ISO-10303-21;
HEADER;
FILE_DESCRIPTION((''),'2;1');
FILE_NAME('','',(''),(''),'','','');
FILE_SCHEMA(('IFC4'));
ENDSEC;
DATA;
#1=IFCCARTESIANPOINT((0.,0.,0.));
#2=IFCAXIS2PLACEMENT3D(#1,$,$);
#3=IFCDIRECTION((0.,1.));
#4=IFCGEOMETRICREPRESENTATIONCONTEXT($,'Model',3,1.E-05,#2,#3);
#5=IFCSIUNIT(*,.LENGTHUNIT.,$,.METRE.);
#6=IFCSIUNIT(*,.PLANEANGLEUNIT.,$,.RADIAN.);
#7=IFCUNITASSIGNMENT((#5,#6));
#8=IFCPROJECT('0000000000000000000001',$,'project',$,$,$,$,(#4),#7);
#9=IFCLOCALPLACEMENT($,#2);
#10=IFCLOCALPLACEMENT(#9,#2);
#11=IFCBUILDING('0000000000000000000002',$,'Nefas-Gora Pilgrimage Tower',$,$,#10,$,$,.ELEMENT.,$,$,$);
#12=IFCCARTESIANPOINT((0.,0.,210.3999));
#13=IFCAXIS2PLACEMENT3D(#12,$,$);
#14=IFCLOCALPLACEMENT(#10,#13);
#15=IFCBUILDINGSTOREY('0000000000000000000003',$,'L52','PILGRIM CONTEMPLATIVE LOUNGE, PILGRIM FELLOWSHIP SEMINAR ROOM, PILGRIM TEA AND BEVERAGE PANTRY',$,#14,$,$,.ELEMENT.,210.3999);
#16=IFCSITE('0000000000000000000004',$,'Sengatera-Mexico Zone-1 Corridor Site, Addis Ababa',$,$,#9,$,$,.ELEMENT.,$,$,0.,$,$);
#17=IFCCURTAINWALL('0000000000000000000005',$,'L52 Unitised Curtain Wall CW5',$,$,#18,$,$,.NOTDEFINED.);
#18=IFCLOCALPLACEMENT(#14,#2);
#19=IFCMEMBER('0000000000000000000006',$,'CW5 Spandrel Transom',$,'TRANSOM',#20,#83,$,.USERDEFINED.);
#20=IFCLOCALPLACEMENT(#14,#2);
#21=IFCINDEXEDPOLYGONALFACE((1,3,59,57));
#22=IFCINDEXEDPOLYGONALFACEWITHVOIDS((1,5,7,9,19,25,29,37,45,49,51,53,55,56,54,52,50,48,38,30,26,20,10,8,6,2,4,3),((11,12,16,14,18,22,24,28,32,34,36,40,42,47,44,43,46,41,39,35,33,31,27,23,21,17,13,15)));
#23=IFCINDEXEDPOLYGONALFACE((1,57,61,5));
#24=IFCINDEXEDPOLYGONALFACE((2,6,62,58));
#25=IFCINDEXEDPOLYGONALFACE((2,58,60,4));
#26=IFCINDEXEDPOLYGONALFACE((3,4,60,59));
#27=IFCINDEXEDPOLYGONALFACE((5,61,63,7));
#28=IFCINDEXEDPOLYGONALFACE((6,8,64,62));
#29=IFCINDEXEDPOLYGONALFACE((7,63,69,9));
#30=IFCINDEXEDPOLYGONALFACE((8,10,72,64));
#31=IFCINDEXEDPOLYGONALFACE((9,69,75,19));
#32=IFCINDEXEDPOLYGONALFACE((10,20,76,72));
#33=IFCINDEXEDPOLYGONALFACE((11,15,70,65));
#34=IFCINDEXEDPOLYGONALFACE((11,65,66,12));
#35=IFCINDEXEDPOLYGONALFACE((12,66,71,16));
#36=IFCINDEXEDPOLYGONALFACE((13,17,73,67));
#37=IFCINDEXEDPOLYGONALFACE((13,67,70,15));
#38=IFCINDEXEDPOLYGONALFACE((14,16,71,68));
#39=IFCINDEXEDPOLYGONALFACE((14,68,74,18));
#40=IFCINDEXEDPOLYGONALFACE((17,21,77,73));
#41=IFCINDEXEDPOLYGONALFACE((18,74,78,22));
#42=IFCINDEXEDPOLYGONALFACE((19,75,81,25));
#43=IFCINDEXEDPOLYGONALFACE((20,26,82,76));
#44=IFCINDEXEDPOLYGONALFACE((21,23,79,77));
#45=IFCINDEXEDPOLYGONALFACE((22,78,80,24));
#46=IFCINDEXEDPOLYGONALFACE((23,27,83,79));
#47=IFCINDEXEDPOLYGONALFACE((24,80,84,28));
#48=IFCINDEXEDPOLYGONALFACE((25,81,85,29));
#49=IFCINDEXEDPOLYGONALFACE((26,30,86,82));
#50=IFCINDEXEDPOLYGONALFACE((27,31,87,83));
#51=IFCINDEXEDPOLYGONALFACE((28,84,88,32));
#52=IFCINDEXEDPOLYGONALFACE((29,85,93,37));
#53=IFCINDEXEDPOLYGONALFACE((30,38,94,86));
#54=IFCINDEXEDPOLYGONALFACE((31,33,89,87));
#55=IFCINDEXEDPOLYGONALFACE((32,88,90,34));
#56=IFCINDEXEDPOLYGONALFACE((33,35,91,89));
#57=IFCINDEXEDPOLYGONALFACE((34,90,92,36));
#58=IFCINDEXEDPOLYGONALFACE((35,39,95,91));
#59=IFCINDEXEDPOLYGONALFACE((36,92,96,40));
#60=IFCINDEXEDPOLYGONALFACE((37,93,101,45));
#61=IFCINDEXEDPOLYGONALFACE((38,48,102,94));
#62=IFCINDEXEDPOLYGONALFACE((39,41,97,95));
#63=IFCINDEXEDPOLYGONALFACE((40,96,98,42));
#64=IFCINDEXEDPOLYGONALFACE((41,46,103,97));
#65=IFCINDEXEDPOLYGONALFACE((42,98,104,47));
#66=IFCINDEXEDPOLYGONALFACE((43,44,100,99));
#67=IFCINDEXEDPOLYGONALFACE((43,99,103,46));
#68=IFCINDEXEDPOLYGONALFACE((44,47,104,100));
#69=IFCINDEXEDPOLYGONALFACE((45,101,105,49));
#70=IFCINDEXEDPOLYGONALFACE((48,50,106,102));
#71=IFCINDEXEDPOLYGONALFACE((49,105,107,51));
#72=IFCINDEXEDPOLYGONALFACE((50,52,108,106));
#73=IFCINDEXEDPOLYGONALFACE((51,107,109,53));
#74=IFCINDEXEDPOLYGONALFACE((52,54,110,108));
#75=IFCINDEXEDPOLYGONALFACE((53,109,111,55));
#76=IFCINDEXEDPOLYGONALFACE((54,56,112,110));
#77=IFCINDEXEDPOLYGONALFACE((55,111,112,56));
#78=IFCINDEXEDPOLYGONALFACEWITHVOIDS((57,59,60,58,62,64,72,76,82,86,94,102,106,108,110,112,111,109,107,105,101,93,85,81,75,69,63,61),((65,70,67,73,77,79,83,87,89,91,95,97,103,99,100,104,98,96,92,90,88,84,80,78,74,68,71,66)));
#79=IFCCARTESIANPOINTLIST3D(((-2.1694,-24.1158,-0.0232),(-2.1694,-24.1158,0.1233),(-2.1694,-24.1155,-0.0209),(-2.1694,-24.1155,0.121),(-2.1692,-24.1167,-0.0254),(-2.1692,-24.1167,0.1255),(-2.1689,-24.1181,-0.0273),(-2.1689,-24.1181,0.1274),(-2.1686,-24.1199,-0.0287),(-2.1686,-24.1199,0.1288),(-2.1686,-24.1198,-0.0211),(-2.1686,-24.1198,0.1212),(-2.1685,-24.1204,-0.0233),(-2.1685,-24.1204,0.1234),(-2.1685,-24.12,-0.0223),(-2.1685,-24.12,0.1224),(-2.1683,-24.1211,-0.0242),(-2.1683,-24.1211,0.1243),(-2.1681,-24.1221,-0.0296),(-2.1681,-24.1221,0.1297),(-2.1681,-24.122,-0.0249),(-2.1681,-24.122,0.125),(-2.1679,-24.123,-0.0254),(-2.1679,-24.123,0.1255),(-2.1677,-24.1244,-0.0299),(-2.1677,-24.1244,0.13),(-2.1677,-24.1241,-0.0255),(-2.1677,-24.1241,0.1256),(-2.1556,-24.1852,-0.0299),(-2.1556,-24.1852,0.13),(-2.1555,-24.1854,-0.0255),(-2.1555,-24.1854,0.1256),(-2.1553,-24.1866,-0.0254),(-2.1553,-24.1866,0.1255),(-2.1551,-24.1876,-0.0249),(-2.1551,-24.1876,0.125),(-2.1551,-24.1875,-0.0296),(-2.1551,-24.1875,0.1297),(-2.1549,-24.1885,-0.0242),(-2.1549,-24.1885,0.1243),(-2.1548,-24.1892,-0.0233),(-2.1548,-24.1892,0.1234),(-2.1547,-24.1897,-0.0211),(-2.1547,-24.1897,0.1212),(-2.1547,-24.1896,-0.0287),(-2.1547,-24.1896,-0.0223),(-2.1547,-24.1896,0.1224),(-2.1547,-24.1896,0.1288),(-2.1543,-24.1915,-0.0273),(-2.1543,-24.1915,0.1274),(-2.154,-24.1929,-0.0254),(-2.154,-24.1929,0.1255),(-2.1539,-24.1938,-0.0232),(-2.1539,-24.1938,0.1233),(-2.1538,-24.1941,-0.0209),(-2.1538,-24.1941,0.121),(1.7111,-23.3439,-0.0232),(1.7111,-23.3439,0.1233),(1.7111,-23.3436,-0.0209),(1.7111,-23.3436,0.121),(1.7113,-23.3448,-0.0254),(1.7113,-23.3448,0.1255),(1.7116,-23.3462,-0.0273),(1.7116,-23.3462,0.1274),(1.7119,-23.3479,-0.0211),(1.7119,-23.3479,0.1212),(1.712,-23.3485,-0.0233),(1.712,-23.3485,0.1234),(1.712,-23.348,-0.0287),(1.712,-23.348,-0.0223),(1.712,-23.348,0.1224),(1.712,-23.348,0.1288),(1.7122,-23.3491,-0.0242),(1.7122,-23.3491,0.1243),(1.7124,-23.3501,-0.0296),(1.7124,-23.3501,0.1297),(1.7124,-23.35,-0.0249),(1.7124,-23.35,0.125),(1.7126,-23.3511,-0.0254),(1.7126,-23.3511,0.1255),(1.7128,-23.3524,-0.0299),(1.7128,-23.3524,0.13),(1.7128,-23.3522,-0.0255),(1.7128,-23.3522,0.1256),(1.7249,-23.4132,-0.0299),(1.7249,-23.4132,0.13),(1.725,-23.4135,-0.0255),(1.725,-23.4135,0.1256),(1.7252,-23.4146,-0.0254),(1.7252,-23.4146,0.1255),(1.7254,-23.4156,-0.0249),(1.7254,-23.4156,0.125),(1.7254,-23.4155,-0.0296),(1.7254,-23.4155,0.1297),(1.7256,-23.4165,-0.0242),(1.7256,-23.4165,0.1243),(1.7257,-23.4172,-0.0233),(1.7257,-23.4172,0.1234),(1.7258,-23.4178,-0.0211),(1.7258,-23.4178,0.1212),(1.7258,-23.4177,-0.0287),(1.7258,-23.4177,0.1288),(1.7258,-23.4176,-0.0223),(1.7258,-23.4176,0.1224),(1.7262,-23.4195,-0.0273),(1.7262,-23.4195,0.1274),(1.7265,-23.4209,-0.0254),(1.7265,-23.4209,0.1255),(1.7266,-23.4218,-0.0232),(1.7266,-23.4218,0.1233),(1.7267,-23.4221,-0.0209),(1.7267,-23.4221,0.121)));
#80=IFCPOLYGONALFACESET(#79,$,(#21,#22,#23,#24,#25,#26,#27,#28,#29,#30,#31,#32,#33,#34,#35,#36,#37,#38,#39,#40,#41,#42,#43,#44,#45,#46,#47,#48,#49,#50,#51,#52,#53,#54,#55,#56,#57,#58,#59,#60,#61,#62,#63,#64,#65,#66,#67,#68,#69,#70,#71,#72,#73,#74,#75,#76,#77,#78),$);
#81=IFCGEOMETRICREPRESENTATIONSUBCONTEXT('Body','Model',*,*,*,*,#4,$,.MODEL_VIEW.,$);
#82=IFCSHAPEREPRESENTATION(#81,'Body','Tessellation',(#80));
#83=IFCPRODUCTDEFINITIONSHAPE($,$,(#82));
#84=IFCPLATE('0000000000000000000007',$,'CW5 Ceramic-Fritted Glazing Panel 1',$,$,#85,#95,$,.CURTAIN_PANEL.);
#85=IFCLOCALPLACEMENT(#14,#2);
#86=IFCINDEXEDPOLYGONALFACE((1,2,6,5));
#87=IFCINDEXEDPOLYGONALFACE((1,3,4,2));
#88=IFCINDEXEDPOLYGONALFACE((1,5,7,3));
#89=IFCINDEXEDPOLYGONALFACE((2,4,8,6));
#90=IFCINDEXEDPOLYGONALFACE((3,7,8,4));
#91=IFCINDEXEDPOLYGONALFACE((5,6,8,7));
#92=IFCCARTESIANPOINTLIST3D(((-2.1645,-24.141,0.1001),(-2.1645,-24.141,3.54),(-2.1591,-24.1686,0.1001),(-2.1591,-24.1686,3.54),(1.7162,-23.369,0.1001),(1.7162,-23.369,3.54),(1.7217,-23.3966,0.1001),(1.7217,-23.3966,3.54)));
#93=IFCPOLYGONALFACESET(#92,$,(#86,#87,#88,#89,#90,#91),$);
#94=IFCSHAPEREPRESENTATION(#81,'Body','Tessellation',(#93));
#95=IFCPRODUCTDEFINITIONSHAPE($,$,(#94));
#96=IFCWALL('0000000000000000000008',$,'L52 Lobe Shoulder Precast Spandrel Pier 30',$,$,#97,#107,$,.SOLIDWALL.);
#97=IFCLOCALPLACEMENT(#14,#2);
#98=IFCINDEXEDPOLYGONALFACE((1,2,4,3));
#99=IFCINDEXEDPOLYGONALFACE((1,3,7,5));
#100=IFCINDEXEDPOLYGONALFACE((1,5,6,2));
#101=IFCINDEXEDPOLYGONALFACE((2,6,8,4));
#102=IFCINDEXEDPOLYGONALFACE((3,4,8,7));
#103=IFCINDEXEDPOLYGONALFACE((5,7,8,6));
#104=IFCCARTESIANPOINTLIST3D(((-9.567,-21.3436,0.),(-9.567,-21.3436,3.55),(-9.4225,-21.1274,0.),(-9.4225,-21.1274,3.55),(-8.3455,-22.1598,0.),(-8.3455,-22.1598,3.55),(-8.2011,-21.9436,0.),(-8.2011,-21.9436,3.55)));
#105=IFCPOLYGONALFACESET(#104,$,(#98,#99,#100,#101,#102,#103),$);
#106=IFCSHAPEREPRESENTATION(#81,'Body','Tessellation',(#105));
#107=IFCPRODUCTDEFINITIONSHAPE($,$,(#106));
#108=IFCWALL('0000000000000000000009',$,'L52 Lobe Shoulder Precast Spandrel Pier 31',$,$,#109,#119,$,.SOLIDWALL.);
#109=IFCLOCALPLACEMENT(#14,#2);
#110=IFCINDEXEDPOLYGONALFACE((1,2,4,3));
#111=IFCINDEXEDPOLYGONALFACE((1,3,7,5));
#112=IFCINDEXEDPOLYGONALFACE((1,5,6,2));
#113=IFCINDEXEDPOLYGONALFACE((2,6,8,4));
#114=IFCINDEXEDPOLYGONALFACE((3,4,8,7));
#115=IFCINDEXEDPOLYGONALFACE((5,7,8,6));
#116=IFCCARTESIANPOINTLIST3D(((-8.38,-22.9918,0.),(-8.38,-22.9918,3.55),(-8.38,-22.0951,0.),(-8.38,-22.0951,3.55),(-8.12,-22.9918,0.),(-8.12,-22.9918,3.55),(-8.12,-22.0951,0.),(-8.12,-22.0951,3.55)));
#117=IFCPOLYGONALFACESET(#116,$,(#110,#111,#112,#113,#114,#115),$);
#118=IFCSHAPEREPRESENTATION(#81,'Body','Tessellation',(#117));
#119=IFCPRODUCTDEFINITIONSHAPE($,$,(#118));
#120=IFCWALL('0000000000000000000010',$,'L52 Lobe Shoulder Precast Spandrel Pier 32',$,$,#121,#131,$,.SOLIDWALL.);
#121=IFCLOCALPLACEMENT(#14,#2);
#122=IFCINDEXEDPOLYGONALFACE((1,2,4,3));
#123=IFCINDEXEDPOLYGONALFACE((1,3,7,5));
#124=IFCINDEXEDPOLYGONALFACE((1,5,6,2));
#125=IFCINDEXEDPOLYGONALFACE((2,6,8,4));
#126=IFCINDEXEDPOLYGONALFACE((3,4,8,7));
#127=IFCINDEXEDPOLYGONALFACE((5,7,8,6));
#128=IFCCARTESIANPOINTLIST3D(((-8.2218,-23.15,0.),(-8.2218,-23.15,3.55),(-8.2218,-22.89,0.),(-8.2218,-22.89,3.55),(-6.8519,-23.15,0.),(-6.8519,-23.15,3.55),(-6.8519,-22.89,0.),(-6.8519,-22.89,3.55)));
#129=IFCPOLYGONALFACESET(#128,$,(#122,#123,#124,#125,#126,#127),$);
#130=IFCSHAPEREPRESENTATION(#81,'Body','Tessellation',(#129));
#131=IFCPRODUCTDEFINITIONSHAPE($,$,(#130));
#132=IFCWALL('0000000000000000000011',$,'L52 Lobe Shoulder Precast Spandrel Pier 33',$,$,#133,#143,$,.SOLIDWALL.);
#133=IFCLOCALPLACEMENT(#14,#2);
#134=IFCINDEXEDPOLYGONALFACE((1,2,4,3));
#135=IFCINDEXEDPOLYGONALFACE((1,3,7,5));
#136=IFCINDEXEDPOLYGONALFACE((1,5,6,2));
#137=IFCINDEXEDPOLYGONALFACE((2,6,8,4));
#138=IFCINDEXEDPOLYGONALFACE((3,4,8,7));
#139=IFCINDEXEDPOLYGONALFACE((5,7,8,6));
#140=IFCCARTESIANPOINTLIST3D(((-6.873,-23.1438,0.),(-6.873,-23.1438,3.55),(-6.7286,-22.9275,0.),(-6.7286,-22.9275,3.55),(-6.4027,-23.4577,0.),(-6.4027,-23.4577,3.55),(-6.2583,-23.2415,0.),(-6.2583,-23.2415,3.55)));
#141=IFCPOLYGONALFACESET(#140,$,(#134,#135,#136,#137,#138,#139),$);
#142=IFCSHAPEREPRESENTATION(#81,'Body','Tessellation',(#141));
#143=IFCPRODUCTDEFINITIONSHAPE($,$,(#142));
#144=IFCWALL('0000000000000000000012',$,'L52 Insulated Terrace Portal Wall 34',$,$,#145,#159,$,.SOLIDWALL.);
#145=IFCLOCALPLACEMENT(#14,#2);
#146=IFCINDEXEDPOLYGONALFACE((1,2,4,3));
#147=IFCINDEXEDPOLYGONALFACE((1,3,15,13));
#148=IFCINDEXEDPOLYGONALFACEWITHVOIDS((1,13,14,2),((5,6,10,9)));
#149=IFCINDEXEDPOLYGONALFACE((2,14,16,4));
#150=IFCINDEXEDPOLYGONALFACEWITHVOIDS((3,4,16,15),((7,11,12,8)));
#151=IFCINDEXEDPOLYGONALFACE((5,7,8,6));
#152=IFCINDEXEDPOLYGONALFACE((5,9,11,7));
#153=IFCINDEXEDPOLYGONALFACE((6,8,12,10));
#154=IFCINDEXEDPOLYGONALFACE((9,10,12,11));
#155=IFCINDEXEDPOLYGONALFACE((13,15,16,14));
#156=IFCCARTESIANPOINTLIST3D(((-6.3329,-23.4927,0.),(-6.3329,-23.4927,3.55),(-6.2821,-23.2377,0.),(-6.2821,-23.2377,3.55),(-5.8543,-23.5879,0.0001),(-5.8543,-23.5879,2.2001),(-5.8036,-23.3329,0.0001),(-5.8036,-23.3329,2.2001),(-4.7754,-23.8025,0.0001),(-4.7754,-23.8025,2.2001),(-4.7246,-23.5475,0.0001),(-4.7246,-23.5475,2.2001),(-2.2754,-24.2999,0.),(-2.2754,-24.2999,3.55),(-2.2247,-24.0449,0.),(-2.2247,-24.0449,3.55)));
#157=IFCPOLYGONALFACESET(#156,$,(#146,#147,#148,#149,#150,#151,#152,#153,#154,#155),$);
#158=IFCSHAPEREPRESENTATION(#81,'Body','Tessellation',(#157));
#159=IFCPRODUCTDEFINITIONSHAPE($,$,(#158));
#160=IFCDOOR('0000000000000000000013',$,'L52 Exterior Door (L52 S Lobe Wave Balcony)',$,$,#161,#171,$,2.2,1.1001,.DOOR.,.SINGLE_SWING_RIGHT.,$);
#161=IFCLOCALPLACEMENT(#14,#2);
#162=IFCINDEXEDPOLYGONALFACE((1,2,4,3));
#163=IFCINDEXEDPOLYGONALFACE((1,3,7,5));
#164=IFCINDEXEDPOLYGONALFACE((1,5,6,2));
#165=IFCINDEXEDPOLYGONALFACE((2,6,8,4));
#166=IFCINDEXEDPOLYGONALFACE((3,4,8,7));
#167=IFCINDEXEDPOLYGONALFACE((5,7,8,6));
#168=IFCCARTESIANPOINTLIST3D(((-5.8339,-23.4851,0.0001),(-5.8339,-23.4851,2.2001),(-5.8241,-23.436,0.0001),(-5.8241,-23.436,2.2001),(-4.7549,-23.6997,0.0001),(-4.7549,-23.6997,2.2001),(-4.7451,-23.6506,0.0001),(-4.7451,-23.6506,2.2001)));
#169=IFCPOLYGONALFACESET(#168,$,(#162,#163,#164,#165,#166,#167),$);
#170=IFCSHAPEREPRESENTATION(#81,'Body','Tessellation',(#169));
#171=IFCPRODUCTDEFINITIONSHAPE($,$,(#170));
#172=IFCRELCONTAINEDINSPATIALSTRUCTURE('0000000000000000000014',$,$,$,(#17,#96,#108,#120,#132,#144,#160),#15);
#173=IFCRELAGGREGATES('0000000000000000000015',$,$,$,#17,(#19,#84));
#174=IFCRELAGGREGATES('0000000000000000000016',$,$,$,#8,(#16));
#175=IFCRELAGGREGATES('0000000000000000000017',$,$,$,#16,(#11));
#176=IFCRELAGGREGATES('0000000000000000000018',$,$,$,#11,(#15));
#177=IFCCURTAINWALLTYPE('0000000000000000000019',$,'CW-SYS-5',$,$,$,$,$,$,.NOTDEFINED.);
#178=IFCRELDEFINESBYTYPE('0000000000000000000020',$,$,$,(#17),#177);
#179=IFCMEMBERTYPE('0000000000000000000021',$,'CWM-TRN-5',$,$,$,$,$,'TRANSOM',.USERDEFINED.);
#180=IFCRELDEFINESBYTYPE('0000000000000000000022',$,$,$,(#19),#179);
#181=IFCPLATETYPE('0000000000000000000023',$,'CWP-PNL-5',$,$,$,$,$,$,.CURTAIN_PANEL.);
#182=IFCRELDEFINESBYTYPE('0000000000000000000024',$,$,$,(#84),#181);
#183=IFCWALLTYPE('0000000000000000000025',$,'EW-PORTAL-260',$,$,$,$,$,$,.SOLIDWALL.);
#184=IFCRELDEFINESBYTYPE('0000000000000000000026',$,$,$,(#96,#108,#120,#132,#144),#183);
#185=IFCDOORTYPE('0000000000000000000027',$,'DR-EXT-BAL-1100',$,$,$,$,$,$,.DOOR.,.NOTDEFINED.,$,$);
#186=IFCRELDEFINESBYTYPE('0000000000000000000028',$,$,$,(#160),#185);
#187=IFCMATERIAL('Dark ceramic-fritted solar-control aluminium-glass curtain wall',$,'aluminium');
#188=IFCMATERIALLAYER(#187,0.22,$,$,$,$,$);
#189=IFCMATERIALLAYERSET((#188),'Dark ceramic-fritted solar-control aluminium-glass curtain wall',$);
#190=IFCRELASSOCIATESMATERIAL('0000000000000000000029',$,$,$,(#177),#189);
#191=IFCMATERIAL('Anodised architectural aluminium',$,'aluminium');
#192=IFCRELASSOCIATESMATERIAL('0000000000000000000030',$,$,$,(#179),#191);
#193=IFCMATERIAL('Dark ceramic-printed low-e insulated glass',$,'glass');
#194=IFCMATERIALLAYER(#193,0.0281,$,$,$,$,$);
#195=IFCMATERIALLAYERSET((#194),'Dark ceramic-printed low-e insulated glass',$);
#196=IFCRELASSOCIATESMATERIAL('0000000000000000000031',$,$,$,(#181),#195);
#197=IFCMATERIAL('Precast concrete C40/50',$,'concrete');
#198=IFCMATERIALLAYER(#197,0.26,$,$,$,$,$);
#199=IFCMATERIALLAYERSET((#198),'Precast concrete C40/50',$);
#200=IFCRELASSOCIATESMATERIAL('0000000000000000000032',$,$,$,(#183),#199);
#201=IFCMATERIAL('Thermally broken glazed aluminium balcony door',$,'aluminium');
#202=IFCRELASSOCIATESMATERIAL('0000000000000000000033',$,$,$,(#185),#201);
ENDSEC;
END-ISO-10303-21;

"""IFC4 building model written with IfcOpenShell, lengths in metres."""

from ifc_helpers import new_model, si_unit, direction, frame, frame_2d, origin, origin_2d, place, context, subcontext, project, spatial, rectangle, hollow_rectangle, extrude, source, transform, mapped, material, layer, layer_set, material_profile, profile_set, type_object, element, fill, aggregate, save


model = new_model("IFC4")

# Units and contexts
model_context = context("Model", 3, precision=1e-05, world=origin(), true_north=direction((0.0, 1.0)))
body_context = subcontext(model_context, "Body", "Model", "MODEL_VIEW")
ifc_project = project(units=[si_unit("LENGTHUNIT", "METRE"), si_unit("PLANEANGLEUNIT", "RADIAN")], contexts=[model_context])

# Site, building, storey
site_placement = place(None, origin())
site = spatial("IfcSite", under=ifc_project, at=site_placement, Name="Sengatera-Mexico Zone-1 Corridor Site, Addis Ababa", CompositionType="ELEMENT", RefElevation=0.0)
building_placement = place(site_placement, origin())
building = spatial("IfcBuilding", under=site, at=building_placement, Name="Nefas-Gora Pilgrimage Tower", CompositionType="ELEMENT")
storey_placement = place(building_placement, frame((0.0, 0.0, 210.3999)))
storey = spatial("IfcBuildingStorey", under=building, at=storey_placement, Name="L52", Description="PILGRIM CONTEMPLATIVE LOUNGE, PILGRIM FELLOWSHIP SEMINAR ROOM, PILGRIM TEA AND BEVERAGE PANTRY", CompositionType="ELEMENT", Elevation=210.3999)

# Shared definitions
ifc_material_1 = material(Name="Dark ceramic-fritted solar-control aluminium-glass curtain wall", Category="aluminium")
ifc_layer_1 = layer(ifc_material_1, 0.22)
ifc_layer_set_1 = layer_set([ifc_layer_1], Name="Dark ceramic-fritted solar-control aluminium-glass curtain wall")
curtain_wall_type = type_object("IfcCurtainWallType", Name="CW-SYS-5", PredefinedType="NOTDEFINED", material=ifc_layer_set_1)
ifc_material_2 = material(Name="Anodised architectural aluminium", Category="aluminium")

# Curtain wall, member, plate
curtain_wall_1_placement = place(storey_placement, origin())
curtain_wall_1 = element("IfcCurtainWall", 1, at=curtain_wall_1_placement, inside=storey, type_object=curtain_wall_type, Name="L52 Unitised Curtain Wall CW5", PredefinedType="NOTDEFINED")
ifc_material_profile_1 = material_profile(ifc_material_2, hollow_rectangle(XDim=0.0801, YDim=0.1599, WallThickness=0.0044, InnerFilletRadius=0.0044, OuterFilletRadius=0.009, at=origin_2d()), Name="ALU TRANSOM 80x160")
ifc_profile_set_1 = profile_set([ifc_material_profile_1], Name="Anodised architectural aluminium")
member_type_1 = type_object("IfcMemberType", Name="CWM-TRN-5", ElementType="TRANSOM", PredefinedType="USERDEFINED", material=ifc_profile_set_1)
shared_shape_1 = source(origin(), body_context, "Body", "SweptSolid", [
    extrude(hollow_rectangle(XDim=0.0801, YDim=0.1599, WallThickness=0.0044, InnerFilletRadius=0.0044, OuterFilletRadius=0.009, at=origin_2d()), origin(), (0.0, 0.0, 1.0), 3.9565),
])
member_1_placement = place(storey_placement, frame((-2.1616, -24.1548, 0.05), z_axis=(0.980782, 0.195107, 0.0), x_axis=(-0.195107, 0.980782, 0.0)))
member_1 = element("IfcMember", 2, at=member_1_placement, type_object=member_type_1, Name="CW5 Spandrel Transom", ObjectType="TRANSOM", PredefinedType="USERDEFINED", context=body_context, shape_type="MappedRepresentation", body=[
    mapped(shared_shape_1, transform((0.0, 0.0, 0.0), x_axis=(1.0, 0.0, 0.0), y_axis=(0.0, 1.0, 0.0), z_axis=(0.0, 0.0, 1.0), scale=1.0)),
])
ifc_material_3 = material(Name="Dark ceramic-printed low-e insulated glass", Category="glass")
ifc_layer_2 = layer(ifc_material_3, 0.0281)
ifc_layer_set_2 = layer_set([ifc_layer_2], Name="Dark ceramic-printed low-e insulated glass")
plate_type = type_object("IfcPlateType", Name="CWP-PNL-5", PredefinedType="CURTAIN_PANEL", material=ifc_layer_set_2)
shared_shape_2 = source(origin(), body_context, "Body", "SweptSolid", [
    extrude(rectangle(XDim=3.9568, YDim=0.0281, at=origin_2d()), origin(), (0.0, 0.0, 1.0), 3.4399),
])
plate_placement = place(storey_placement, frame((-0.2214, -23.7688, 0.1001), z_axis=(0.0, 0.0, 1.0), x_axis=(0.980783, 0.195102, 0.0)))
plate = element("IfcPlate", 3, at=plate_placement, type_object=plate_type, Name="CW5 Ceramic-Fritted Glazing Panel 1", PredefinedType="CURTAIN_PANEL", context=body_context, shape_type="MappedRepresentation", body=[
    mapped(shared_shape_2, transform((0.0, 0.0, 0.0), x_axis=(1.0, 0.0, 0.0), y_axis=(0.0, 1.0, 0.0), z_axis=(0.0, 0.0, 1.0), scale=1.0)),
])
aggregate(curtain_wall_1, [member_1, plate])

# Walls
ifc_material_4 = material(Name="Precast concrete C40/50", Category="concrete")
ifc_layer_3 = layer(ifc_material_4, 0.26)
ifc_layer_set_3 = layer_set([ifc_layer_3], Name="Precast concrete C40/50")
wall_type_1 = type_object("IfcWallType", Name="EW-PORTAL-260", PredefinedType="SOLIDWALL", material=ifc_layer_set_3)
shared_shape_3 = source(origin(), body_context, "Body", "SweptSolid", [
    extrude(rectangle(XDim=1.469, YDim=0.26, at=frame_2d((0.7344, 0.0))), origin(), (0.0, 0.0, 1.0), 3.55),
])
wall_1_placement = place(storey_placement, frame((-9.4946, -21.2356, 0.0), z_axis=(0.0, 0.0, 1.0), x_axis=(0.831462, -0.555582, 0.0)))
element("IfcWall", 4, at=wall_1_placement, inside=storey, type_object=wall_type_1, Name="L52 Lobe Shoulder Precast Spandrel Pier 30", PredefinedType="SOLIDWALL", context=body_context, shape_type="MappedRepresentation", body=[
    mapped(shared_shape_3, transform((0.0, 0.0, 0.0), x_axis=(1.0, 0.0, 0.0), y_axis=(0.0, 1.0, 0.0), z_axis=(0.0, 0.0, 1.0), scale=1.0)),
])
shared_shape_4 = source(origin(), body_context, "Body", "SweptSolid", [
    extrude(rectangle(XDim=0.8967, YDim=0.26, at=frame_2d((0.4482, 0.0))), origin(), (0.0, 0.0, 1.0), 3.55),
])
wall_2_placement = place(storey_placement, frame((-8.25, -22.0952, 0.0), z_axis=(0.0, 0.0, 1.0), x_axis=(0.0, -1.0, 0.0)))
element("IfcWall", 5, at=wall_2_placement, inside=storey, type_object=wall_type_1, Name="L52 Lobe Shoulder Precast Spandrel Pier 31", PredefinedType="SOLIDWALL", context=body_context, shape_type="MappedRepresentation", body=[
    mapped(shared_shape_4, transform((0.0, 0.0, 0.0), x_axis=(1.0, 0.0, 0.0), y_axis=(0.0, 1.0, 0.0), z_axis=(0.0, 0.0, 1.0), scale=1.0)),
])
shared_shape_5 = source(origin(), body_context, "Body", "SweptSolid", [
    extrude(rectangle(XDim=1.3699, YDim=0.26, at=frame_2d((0.6851, 0.0))), origin(), (0.0, 0.0, 1.0), 3.55),
])
wall_3_placement = place(storey_placement, frame((-8.2219, -23.02, 0.0), z_axis=(0.0, 0.0, 1.0), x_axis=(1.0, 0.0, 0.0)))
element("IfcWall", 6, at=wall_3_placement, inside=storey, type_object=wall_type_1, Name="L52 Lobe Shoulder Precast Spandrel Pier 32", PredefinedType="SOLIDWALL", context=body_context, shape_type="MappedRepresentation", body=[
    mapped(shared_shape_5, transform((0.0, 0.0, 0.0), x_axis=(1.0, 0.0, 0.0), y_axis=(0.0, 1.0, 0.0), z_axis=(0.0, 0.0, 1.0), scale=1.0)),
])
shared_shape_6 = source(origin(), body_context, "Body", "SweptSolid", [
    extrude(rectangle(XDim=0.5654, YDim=0.26, at=frame_2d((0.2827, 0.0))), origin(), (0.0, 0.0, 1.0), 3.55),
])
wall_4_placement = place(storey_placement, frame((-6.8008, -23.0356, 0.0), z_axis=(0.0, 0.0, 1.0), x_axis=(0.831651, -0.555298, 0.0)))
element("IfcWall", 7, at=wall_4_placement, inside=storey, type_object=wall_type_1, Name="L52 Lobe Shoulder Precast Spandrel Pier 33", PredefinedType="SOLIDWALL", context=body_context, shape_type="MappedRepresentation", body=[
    mapped(shared_shape_6, transform((0.0, 0.0, 0.0), x_axis=(1.0, 0.0, 0.0), y_axis=(0.0, 1.0, 0.0), z_axis=(0.0, 0.0, 1.0), scale=1.0)),
])

# Wall, opening, door
shared_shape_7 = source(origin(), body_context, "Body", "SweptSolid", [
    extrude(rectangle(XDim=4.137, YDim=0.26, at=frame_2d((2.0684, 0.0))), origin(), (0.0, 0.0, 1.0), 3.55),
])
wall_5_placement = place(storey_placement, frame((-6.3074, -23.3652, 0.0), z_axis=(0.0, 0.0, 1.0), x_axis=(0.980782, -0.195106, 0.0)))
wall_5 = element("IfcWall", 8, at=wall_5_placement, inside=storey, type_object=wall_type_1, Name="L52 Insulated Terrace Portal Wall 34", PredefinedType="SOLIDWALL", context=body_context, shape_type="MappedRepresentation", body=[
    mapped(shared_shape_7, transform((0.0, 0.0, 0.0), x_axis=(1.0, 0.0, 0.0), y_axis=(0.0, 1.0, 0.0), z_axis=(0.0, 0.0, 1.0), scale=1.0)),
])
opening_1_placement = place(wall_5_placement, frame((0.4878, 0.0, 0.0)))
opening_1 = element("IfcOpeningElement", 9, at=opening_1_placement, cuts=wall_5, PredefinedType="OPENING", context=body_context, shape_type="SweptSolid", body=[
    extrude(rectangle(XDim=1.1001, YDim=2.2, at=frame_2d((0.55, 1.1001))), frame((0.0, 0.1399, 0.0), z_axis=(0.0, -1.0, 0.0), x_axis=(1.0, 0.0, 0.0)), (0.0, 0.0, 1.0), 0.28),
])
ifc_material_5 = material(Name="Thermally broken glazed aluminium balcony door", Category="aluminium")
door_type_1 = type_object("IfcDoorType", Name="DR-EXT-BAL-1100", OperationType="NOTDEFINED", PredefinedType="DOOR", material=ifc_material_5)
shared_shape_8 = source(origin(), body_context, "Body", "SweptSolid", [
    extrude(rectangle(XDim=1.1001, YDim=2.2, at=frame_2d((0.55, 1.1001))), frame((0.0, 0.0249, 0.0), z_axis=(0.0, -1.0, 0.0), x_axis=(1.0, 0.0, 0.0)), (0.0, 0.0, 1.0), 0.05),
])
door_1_placement = place(opening_1_placement, origin())
door_1 = element("IfcDoor", 10, at=door_1_placement, inside=storey, type_object=door_type_1, Name="L52 Exterior Door (L52 S Lobe Wave Balcony)", OperationType="SINGLE_SWING_RIGHT", OverallHeight=2.2, OverallWidth=1.1001, PredefinedType="DOOR", context=body_context, shape_type="MappedRepresentation", body=[
    mapped(shared_shape_8, transform((0.0, 0.0, 0.0), x_axis=(1.0, 0.0, 0.0), y_axis=(0.0, 1.0, 0.0), z_axis=(0.0, 0.0, 1.0), scale=1.0)),
])
fill(opening_1, door_1)

save(model, "model.ifc")
